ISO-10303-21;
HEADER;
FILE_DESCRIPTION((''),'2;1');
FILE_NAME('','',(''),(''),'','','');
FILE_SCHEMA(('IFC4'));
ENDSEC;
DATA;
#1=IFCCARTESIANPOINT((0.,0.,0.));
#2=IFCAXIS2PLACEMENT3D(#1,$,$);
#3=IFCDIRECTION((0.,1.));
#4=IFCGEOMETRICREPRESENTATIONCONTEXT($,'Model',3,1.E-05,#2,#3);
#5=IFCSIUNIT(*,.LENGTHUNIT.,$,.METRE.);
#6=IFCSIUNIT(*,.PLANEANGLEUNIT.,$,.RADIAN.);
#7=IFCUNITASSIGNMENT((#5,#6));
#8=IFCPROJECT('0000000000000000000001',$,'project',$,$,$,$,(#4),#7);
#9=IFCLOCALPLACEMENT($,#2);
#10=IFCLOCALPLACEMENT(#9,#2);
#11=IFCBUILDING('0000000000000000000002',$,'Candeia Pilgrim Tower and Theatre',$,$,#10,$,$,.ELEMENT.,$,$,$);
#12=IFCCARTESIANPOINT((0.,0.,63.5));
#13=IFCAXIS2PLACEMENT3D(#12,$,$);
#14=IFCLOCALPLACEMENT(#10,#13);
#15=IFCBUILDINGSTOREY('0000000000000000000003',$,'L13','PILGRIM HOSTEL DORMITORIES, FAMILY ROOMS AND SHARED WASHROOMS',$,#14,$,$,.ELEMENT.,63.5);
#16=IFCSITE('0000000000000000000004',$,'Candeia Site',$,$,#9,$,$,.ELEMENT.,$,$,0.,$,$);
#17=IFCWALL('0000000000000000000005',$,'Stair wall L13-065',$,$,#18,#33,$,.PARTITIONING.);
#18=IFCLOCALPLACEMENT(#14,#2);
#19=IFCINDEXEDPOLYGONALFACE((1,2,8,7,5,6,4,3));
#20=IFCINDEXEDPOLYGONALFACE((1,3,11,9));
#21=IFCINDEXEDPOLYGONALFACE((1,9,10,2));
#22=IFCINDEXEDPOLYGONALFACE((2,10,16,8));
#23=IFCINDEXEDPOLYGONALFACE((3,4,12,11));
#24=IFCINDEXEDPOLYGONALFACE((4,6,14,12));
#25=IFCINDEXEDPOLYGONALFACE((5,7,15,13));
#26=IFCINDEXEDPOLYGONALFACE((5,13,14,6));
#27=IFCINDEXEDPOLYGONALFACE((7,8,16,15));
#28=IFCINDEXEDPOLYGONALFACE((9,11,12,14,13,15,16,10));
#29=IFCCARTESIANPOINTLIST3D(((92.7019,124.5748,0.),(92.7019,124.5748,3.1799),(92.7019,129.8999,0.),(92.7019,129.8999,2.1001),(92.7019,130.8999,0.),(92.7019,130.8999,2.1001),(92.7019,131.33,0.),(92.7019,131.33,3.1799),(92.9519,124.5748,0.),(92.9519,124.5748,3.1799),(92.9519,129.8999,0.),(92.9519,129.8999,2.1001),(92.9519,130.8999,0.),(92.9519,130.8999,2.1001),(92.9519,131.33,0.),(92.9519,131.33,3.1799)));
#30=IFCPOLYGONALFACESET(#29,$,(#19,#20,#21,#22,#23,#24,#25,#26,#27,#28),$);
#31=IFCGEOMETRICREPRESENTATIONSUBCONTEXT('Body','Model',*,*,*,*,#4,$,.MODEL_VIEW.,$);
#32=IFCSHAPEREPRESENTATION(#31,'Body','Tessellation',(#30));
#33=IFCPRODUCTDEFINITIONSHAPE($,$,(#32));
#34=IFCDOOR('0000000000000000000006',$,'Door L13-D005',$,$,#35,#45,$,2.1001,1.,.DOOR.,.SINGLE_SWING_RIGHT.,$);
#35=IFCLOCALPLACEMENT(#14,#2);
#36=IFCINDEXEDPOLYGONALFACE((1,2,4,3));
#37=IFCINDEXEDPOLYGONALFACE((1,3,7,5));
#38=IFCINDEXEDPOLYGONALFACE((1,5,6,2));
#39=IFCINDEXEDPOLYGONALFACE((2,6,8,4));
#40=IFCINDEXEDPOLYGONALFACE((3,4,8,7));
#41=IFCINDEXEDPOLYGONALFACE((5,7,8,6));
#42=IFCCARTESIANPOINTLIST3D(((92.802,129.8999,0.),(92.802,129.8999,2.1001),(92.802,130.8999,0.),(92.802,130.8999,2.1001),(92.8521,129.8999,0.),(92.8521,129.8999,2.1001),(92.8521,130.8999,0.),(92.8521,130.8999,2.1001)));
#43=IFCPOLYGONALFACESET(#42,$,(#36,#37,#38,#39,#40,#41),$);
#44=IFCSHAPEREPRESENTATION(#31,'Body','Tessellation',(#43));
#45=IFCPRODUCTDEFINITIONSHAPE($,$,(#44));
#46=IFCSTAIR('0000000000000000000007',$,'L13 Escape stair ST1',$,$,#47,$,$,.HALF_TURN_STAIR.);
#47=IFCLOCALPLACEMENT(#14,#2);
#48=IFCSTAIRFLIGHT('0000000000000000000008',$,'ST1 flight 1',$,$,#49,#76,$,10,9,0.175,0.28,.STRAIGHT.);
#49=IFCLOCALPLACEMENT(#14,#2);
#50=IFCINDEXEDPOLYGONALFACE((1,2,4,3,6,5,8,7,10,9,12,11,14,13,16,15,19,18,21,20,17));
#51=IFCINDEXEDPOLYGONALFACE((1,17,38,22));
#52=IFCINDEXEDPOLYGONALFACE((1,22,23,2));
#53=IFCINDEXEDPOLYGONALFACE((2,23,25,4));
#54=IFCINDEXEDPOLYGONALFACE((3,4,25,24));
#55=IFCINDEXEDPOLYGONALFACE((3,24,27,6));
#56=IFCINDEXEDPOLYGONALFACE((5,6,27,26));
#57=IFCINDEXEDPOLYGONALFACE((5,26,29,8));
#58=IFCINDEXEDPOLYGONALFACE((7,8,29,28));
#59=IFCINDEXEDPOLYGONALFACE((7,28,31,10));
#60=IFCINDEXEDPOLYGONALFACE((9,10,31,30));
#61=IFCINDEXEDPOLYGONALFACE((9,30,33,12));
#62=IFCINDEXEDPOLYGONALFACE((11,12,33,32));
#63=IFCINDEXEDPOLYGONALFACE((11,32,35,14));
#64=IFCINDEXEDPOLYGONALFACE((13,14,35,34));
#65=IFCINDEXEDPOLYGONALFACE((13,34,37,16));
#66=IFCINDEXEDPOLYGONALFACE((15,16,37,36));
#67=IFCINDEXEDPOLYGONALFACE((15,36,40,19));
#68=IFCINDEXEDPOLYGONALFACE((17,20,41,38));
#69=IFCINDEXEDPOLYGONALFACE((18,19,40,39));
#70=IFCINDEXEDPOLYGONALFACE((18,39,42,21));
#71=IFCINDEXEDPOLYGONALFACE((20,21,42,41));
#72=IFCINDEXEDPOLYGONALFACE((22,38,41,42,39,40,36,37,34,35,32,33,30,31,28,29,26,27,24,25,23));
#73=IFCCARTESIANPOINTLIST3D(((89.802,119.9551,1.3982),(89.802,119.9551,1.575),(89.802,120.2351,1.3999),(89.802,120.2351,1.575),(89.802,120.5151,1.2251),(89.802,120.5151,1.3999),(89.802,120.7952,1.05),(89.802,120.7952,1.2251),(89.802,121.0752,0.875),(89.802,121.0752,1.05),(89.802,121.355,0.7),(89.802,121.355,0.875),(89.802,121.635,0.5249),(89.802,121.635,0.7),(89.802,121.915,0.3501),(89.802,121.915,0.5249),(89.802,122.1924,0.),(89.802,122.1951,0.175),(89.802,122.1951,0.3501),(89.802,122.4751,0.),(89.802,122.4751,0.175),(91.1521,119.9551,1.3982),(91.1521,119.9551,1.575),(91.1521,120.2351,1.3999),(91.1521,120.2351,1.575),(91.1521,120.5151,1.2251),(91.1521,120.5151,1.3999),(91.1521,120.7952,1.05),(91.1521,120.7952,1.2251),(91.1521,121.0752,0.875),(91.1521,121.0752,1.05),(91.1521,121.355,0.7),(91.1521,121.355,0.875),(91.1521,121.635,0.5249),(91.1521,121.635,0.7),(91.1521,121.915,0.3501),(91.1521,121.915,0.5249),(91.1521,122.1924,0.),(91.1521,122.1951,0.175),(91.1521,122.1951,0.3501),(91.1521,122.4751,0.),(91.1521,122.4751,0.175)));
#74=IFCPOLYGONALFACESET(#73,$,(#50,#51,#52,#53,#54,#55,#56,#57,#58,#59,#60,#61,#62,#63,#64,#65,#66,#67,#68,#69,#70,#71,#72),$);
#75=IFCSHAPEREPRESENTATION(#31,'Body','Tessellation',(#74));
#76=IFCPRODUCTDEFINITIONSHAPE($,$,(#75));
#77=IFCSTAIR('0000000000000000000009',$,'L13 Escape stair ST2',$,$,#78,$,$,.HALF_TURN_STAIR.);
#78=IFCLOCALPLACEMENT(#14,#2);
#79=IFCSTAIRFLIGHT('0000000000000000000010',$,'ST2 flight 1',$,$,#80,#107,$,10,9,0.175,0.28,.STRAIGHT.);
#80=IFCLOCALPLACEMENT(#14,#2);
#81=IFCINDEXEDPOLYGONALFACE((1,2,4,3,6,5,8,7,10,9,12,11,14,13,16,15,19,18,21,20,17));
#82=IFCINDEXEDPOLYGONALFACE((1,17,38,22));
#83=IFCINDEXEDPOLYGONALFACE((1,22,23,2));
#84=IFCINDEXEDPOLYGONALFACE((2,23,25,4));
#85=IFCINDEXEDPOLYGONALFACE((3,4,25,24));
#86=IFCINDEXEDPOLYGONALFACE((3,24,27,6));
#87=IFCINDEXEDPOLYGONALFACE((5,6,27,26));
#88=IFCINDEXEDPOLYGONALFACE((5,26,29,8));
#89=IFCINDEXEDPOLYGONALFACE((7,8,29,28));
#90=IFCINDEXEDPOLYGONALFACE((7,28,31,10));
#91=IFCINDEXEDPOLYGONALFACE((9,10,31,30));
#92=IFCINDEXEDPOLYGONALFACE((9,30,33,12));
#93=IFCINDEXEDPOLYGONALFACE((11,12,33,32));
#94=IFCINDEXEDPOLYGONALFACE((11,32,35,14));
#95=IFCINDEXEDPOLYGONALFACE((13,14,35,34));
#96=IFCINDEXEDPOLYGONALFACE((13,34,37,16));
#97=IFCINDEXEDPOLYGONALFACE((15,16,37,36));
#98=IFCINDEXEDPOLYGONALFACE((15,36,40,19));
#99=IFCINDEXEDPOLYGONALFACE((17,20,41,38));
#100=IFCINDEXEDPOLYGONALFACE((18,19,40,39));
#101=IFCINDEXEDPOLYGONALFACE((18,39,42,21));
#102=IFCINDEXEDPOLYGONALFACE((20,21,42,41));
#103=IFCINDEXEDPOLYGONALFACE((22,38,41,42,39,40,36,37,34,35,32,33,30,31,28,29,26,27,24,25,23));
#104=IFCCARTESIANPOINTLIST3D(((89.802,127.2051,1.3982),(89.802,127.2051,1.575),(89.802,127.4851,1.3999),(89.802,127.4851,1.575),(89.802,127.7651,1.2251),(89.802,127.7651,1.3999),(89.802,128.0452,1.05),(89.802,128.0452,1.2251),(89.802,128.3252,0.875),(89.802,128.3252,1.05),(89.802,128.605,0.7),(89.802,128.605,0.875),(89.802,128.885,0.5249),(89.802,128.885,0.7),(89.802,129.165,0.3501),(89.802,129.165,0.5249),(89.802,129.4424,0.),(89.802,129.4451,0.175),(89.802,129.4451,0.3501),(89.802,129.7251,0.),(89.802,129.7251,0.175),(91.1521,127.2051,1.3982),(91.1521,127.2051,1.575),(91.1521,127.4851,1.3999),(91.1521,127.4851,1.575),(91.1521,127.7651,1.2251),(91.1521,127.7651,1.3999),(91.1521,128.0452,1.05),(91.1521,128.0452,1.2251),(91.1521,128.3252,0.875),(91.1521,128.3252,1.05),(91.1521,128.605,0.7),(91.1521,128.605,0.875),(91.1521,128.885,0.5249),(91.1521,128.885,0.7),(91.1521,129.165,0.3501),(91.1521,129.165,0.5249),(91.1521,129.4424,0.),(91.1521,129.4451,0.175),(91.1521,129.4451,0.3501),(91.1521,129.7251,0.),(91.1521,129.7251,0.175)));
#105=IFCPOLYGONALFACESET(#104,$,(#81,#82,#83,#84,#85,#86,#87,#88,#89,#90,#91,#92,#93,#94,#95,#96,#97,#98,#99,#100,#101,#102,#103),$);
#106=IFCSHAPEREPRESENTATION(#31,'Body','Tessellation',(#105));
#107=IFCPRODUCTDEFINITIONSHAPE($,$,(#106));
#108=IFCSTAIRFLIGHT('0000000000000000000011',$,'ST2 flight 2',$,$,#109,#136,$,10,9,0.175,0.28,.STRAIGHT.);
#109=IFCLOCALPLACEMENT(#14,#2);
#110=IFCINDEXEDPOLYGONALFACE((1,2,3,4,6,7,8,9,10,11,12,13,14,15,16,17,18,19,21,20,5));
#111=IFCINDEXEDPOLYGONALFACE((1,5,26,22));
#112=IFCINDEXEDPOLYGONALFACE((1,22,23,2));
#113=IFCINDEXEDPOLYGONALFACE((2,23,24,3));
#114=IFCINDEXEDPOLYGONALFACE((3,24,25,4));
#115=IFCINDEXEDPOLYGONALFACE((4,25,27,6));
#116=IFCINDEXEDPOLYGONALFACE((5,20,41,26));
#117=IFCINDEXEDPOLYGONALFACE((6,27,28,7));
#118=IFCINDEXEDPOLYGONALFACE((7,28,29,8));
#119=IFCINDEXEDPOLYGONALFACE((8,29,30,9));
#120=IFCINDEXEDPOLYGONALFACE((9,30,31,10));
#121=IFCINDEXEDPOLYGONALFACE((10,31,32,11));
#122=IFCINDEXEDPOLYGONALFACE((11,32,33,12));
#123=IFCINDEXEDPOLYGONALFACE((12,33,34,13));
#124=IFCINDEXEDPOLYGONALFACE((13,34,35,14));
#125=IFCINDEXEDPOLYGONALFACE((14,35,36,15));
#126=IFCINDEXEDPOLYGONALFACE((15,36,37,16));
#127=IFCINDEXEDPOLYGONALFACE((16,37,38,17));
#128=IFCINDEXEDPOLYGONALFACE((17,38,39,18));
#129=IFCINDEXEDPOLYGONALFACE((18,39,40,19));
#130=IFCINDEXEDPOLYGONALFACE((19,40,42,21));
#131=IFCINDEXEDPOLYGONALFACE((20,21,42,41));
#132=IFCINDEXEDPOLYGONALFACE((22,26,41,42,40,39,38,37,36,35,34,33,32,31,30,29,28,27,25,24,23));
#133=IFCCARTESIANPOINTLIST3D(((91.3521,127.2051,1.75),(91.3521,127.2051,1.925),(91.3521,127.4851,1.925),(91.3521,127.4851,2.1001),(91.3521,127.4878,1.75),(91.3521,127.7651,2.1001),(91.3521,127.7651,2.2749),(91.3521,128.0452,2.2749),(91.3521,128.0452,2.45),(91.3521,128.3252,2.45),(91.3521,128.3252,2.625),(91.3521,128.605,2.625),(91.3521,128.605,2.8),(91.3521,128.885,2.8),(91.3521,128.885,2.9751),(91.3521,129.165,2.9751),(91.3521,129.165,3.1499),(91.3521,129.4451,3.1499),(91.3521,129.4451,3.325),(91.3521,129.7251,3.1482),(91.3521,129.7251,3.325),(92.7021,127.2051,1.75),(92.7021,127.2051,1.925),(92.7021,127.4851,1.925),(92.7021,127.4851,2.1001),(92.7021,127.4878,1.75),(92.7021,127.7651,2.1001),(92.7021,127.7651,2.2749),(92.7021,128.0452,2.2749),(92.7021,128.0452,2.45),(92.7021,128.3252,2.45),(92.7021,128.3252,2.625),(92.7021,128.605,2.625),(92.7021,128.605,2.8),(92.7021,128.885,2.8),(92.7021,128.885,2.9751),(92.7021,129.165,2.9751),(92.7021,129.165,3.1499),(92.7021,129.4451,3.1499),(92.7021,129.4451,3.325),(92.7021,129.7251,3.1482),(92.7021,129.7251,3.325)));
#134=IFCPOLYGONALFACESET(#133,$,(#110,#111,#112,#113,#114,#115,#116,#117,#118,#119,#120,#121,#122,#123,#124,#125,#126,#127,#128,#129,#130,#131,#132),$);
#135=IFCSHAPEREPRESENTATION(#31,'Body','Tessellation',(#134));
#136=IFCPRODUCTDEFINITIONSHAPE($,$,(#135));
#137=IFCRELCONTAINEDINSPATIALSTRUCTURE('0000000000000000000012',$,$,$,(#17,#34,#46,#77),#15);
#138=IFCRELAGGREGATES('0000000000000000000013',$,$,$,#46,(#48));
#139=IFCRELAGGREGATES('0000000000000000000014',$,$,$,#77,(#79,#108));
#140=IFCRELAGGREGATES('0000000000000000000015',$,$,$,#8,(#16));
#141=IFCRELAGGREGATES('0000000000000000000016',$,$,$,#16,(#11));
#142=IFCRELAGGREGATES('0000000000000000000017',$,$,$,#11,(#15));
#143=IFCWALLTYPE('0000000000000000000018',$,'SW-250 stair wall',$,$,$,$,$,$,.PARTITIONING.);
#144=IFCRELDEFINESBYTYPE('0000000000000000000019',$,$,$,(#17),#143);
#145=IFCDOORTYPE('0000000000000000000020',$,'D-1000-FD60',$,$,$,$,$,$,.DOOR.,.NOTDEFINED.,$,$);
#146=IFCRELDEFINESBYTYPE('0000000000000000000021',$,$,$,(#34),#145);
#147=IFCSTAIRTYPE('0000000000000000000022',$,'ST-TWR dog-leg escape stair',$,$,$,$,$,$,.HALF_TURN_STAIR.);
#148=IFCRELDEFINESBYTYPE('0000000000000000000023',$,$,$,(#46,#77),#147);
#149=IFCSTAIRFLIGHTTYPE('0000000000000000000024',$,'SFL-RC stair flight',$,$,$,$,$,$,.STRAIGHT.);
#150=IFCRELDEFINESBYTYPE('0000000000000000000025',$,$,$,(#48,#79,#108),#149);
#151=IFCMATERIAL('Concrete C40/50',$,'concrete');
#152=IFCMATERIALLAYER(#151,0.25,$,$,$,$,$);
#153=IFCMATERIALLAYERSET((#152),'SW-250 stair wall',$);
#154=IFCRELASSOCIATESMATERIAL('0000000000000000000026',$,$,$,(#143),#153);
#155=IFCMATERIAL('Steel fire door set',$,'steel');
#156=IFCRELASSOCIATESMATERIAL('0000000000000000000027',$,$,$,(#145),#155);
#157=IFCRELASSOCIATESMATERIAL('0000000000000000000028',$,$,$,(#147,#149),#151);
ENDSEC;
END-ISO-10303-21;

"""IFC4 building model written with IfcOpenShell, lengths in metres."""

from ifc_helpers import new_model, si_unit, direction, frame, frame_2d, origin, place, context, subcontext, project, spatial, polyline, rectangle, outline, extrude, material, layer, layer_set, type_object, element, fill, aggregate, save


model = new_model("IFC4")

# Units and contexts
model_context = context("Model", 3, precision=1e-05, world=origin(), true_north=direction((0.0, 1.0)))
body_context = subcontext(model_context, "Body", "Model", "MODEL_VIEW")
ifc_project = project(units=[si_unit("LENGTHUNIT", "METRE"), si_unit("PLANEANGLEUNIT", "RADIAN")], contexts=[model_context])

# Site, building, storey
site_placement = place(None, origin())
site = spatial("IfcSite", under=ifc_project, at=site_placement, Name="Candeia Site", CompositionType="ELEMENT", RefElevation=0.0)
building_placement = place(site_placement, origin())
building = spatial("IfcBuilding", under=site, at=building_placement, Name="Candeia Pilgrim Tower and Theatre", CompositionType="ELEMENT")
storey_placement = place(building_placement, frame((0.0, 0.0, 63.5)))
storey = spatial("IfcBuildingStorey", under=building, at=storey_placement, Name="L13", Description="PILGRIM HOSTEL DORMITORIES, FAMILY ROOMS AND SHARED WASHROOMS", CompositionType="ELEMENT", Elevation=63.5)

# Shared definitions
ifc_material_1 = material(Name="Steel fire door set", Category="steel")

# Shared definitions
ifc_material_2 = material(Name="Concrete C40/50", Category="concrete")

# Shared definitions
ifc_layer_1 = layer(ifc_material_2, 0.25)
ifc_layer_set_1 = layer_set([ifc_layer_1], Name="SW-250 stair wall")
wall_type_1 = type_object("IfcWallType", Name="SW-250 stair wall", PredefinedType="PARTITIONING", material=ifc_layer_set_1)

# Wall, opening, door
wall_1_placement = place(storey_placement, frame((92.8269, 124.575, 0.0), z_axis=(0.0, 0.0, 1.0), x_axis=(0.0, 1.0, 0.0)))
wall_1 = element("IfcWall", 1, at=wall_1_placement, inside=storey, type_object=wall_type_1, Name="Stair wall L13-065", PredefinedType="PARTITIONING", context=body_context, shape_type="SweptSolid", body=[
    extrude(rectangle(XDim=6.7551, YDim=0.25, at=frame_2d((3.3774, 0.0))), origin(), (0.0, 0.0, 1.0), 3.1799),
])
opening_1_placement = place(wall_1_placement, frame((5.325, 0.0, 0.0)))
opening_1 = element("IfcOpeningElement", 2, at=opening_1_placement, cuts=wall_1, PredefinedType="OPENING", context=body_context, shape_type="SweptSolid", body=[
    extrude(rectangle(XDim=1.0, YDim=2.1001, at=frame_2d((0.5, 1.05))), frame((0.0, 0.135, 0.0), z_axis=(0.0, -1.0, 0.0), x_axis=(1.0, 0.0, 0.0)), (0.0, 0.0, 1.0), 0.27),
])
door_type_1 = type_object("IfcDoorType", Name="D-1000-FD60", OperationType="NOTDEFINED", PredefinedType="DOOR", material=ifc_material_1)
door_1_placement = place(opening_1_placement, origin())
door_1 = element("IfcDoor", 3, at=door_1_placement, inside=storey, type_object=door_type_1, Name="Door L13-D005", OperationType="SINGLE_SWING_RIGHT", OverallHeight=2.1001, OverallWidth=1.0, PredefinedType="DOOR", context=body_context, shape_type="SweptSolid", body=[
    extrude(rectangle(XDim=1.0, YDim=2.1001, at=frame_2d((0.5, 1.05))), frame((0.0, 0.0249, 0.0), z_axis=(0.0, -1.0, 0.0), x_axis=(1.0, 0.0, 0.0)), (0.0, 0.0, 1.0), 0.05),
])
fill(opening_1, door_1)

# Stair, stair flight
stair_type = type_object("IfcStairType", Name="ST-TWR dog-leg escape stair", PredefinedType="HALF_TURN_STAIR", material=ifc_material_2)
stair_1_placement = place(storey_placement, origin())
stair_1 = element("IfcStair", 4, at=stair_1_placement, inside=storey, type_object=stair_type, Name="L13 Escape stair ST1", PredefinedType="HALF_TURN_STAIR")
stair_flight_type = type_object("IfcStairFlightType", Name="SFL-RC stair flight", PredefinedType="STRAIGHT", material=ifc_material_2)
stair_flight_1_placement = place(storey_placement, frame((90.4771, 122.4751, 0.0), z_axis=(0.0, 0.0, 1.0), x_axis=(0.0, -1.0, 0.0)))
stair_flight_1 = element("IfcStairFlight", 5, at=stair_flight_1_placement, type_object=stair_flight_type, Name="ST1 flight 1", NumberOfRisers=10, NumberOfTreads=9, PredefinedType="STRAIGHT", RiserHeight=0.175, TreadLength=0.28, context=body_context, shape_type="SweptSolid", body=[
    extrude(outline(polyline([(0.0, 0.0), (0.0, 0.175), (0.28, 0.175), (0.28, 0.3501), (0.5601, 0.3501), (0.5601, 0.5249), (0.8401, 0.5249), (0.8401, 0.7), (1.1201, 0.7), (1.1201, 0.875), (1.3999, 0.875), (1.3999, 1.05), (1.6799, 1.05), (1.6799, 1.2251), (1.96, 1.2251), (1.96, 1.3999), (2.24, 1.3999), (2.24, 1.575), (2.52, 1.575), (2.52, 1.75), (2.52, 1.3982), (0.2827, 0.0), (0.0, 0.0)])), frame((0.0, 0.675, 0.0), z_axis=(0.0, -1.0, 0.0), x_axis=(1.0, 0.0, 0.0)), (0.0, 0.0, 1.0), 1.3501),
])
aggregate(stair_1, [stair_flight_1])

# Stair, stair flights
stair_2_placement = place(storey_placement, origin())
stair_2 = element("IfcStair", 6, at=stair_2_placement, inside=storey, type_object=stair_type, Name="L13 Escape stair ST2", PredefinedType="HALF_TURN_STAIR")
stair_flight_2_placement = place(storey_placement, frame((90.4771, 129.7251, 0.0), z_axis=(0.0, 0.0, 1.0), x_axis=(0.0, -1.0, 0.0)))
stair_flight_2 = element("IfcStairFlight", 7, at=stair_flight_2_placement, type_object=stair_flight_type, Name="ST2 flight 1", NumberOfRisers=10, NumberOfTreads=9, PredefinedType="STRAIGHT", RiserHeight=0.175, TreadLength=0.28, context=body_context, shape_type="SweptSolid", body=[
    extrude(outline(polyline([(0.0, 0.0), (0.0, 0.175), (0.28, 0.175), (0.28, 0.3501), (0.5601, 0.3501), (0.5601, 0.5249), (0.8401, 0.5249), (0.8401, 0.7), (1.1201, 0.7), (1.1201, 0.875), (1.3999, 0.875), (1.3999, 1.05), (1.6799, 1.05), (1.6799, 1.2251), (1.96, 1.2251), (1.96, 1.3999), (2.24, 1.3999), (2.24, 1.575), (2.52, 1.575), (2.52, 1.75), (2.52, 1.3982), (0.2827, 0.0), (0.0, 0.0)])), frame((0.0, 0.675, 0.0), z_axis=(0.0, -1.0, 0.0), x_axis=(1.0, 0.0, 0.0)), (0.0, 0.0, 1.0), 1.3501),
])
stair_flight_3_placement = place(storey_placement, frame((92.0271, 127.2051, 1.75), z_axis=(0.0, 0.0, 1.0), x_axis=(0.0, 1.0, 0.0)))
stair_flight_3 = element("IfcStairFlight", 8, at=stair_flight_3_placement, type_object=stair_flight_type, Name="ST2 flight 2", NumberOfRisers=10, NumberOfTreads=9, PredefinedType="STRAIGHT", RiserHeight=0.175, TreadLength=0.28, context=body_context, shape_type="SweptSolid", body=[
    extrude(outline(polyline([(0.0, 0.0), (0.0, 0.175), (0.28, 0.175), (0.28, 0.3501), (0.5601, 0.3501), (0.5601, 0.5249), (0.8401, 0.5249), (0.8401, 0.7), (1.1201, 0.7), (1.1201, 0.875), (1.3999, 0.875), (1.3999, 1.05), (1.6799, 1.05), (1.6799, 1.2251), (1.96, 1.2251), (1.96, 1.3999), (2.24, 1.3999), (2.24, 1.575), (2.52, 1.575), (2.52, 1.75), (2.52, 1.3982), (0.2827, 0.0), (0.0, 0.0)])), frame((0.0, 0.675, 0.0), z_axis=(0.0, -1.0, 0.0), x_axis=(1.0, 0.0, 0.0)), (0.0, 0.0, 1.0), 1.3501),
])
aggregate(stair_2, [stair_flight_2, stair_flight_3])

save(model, "model.ifc")
